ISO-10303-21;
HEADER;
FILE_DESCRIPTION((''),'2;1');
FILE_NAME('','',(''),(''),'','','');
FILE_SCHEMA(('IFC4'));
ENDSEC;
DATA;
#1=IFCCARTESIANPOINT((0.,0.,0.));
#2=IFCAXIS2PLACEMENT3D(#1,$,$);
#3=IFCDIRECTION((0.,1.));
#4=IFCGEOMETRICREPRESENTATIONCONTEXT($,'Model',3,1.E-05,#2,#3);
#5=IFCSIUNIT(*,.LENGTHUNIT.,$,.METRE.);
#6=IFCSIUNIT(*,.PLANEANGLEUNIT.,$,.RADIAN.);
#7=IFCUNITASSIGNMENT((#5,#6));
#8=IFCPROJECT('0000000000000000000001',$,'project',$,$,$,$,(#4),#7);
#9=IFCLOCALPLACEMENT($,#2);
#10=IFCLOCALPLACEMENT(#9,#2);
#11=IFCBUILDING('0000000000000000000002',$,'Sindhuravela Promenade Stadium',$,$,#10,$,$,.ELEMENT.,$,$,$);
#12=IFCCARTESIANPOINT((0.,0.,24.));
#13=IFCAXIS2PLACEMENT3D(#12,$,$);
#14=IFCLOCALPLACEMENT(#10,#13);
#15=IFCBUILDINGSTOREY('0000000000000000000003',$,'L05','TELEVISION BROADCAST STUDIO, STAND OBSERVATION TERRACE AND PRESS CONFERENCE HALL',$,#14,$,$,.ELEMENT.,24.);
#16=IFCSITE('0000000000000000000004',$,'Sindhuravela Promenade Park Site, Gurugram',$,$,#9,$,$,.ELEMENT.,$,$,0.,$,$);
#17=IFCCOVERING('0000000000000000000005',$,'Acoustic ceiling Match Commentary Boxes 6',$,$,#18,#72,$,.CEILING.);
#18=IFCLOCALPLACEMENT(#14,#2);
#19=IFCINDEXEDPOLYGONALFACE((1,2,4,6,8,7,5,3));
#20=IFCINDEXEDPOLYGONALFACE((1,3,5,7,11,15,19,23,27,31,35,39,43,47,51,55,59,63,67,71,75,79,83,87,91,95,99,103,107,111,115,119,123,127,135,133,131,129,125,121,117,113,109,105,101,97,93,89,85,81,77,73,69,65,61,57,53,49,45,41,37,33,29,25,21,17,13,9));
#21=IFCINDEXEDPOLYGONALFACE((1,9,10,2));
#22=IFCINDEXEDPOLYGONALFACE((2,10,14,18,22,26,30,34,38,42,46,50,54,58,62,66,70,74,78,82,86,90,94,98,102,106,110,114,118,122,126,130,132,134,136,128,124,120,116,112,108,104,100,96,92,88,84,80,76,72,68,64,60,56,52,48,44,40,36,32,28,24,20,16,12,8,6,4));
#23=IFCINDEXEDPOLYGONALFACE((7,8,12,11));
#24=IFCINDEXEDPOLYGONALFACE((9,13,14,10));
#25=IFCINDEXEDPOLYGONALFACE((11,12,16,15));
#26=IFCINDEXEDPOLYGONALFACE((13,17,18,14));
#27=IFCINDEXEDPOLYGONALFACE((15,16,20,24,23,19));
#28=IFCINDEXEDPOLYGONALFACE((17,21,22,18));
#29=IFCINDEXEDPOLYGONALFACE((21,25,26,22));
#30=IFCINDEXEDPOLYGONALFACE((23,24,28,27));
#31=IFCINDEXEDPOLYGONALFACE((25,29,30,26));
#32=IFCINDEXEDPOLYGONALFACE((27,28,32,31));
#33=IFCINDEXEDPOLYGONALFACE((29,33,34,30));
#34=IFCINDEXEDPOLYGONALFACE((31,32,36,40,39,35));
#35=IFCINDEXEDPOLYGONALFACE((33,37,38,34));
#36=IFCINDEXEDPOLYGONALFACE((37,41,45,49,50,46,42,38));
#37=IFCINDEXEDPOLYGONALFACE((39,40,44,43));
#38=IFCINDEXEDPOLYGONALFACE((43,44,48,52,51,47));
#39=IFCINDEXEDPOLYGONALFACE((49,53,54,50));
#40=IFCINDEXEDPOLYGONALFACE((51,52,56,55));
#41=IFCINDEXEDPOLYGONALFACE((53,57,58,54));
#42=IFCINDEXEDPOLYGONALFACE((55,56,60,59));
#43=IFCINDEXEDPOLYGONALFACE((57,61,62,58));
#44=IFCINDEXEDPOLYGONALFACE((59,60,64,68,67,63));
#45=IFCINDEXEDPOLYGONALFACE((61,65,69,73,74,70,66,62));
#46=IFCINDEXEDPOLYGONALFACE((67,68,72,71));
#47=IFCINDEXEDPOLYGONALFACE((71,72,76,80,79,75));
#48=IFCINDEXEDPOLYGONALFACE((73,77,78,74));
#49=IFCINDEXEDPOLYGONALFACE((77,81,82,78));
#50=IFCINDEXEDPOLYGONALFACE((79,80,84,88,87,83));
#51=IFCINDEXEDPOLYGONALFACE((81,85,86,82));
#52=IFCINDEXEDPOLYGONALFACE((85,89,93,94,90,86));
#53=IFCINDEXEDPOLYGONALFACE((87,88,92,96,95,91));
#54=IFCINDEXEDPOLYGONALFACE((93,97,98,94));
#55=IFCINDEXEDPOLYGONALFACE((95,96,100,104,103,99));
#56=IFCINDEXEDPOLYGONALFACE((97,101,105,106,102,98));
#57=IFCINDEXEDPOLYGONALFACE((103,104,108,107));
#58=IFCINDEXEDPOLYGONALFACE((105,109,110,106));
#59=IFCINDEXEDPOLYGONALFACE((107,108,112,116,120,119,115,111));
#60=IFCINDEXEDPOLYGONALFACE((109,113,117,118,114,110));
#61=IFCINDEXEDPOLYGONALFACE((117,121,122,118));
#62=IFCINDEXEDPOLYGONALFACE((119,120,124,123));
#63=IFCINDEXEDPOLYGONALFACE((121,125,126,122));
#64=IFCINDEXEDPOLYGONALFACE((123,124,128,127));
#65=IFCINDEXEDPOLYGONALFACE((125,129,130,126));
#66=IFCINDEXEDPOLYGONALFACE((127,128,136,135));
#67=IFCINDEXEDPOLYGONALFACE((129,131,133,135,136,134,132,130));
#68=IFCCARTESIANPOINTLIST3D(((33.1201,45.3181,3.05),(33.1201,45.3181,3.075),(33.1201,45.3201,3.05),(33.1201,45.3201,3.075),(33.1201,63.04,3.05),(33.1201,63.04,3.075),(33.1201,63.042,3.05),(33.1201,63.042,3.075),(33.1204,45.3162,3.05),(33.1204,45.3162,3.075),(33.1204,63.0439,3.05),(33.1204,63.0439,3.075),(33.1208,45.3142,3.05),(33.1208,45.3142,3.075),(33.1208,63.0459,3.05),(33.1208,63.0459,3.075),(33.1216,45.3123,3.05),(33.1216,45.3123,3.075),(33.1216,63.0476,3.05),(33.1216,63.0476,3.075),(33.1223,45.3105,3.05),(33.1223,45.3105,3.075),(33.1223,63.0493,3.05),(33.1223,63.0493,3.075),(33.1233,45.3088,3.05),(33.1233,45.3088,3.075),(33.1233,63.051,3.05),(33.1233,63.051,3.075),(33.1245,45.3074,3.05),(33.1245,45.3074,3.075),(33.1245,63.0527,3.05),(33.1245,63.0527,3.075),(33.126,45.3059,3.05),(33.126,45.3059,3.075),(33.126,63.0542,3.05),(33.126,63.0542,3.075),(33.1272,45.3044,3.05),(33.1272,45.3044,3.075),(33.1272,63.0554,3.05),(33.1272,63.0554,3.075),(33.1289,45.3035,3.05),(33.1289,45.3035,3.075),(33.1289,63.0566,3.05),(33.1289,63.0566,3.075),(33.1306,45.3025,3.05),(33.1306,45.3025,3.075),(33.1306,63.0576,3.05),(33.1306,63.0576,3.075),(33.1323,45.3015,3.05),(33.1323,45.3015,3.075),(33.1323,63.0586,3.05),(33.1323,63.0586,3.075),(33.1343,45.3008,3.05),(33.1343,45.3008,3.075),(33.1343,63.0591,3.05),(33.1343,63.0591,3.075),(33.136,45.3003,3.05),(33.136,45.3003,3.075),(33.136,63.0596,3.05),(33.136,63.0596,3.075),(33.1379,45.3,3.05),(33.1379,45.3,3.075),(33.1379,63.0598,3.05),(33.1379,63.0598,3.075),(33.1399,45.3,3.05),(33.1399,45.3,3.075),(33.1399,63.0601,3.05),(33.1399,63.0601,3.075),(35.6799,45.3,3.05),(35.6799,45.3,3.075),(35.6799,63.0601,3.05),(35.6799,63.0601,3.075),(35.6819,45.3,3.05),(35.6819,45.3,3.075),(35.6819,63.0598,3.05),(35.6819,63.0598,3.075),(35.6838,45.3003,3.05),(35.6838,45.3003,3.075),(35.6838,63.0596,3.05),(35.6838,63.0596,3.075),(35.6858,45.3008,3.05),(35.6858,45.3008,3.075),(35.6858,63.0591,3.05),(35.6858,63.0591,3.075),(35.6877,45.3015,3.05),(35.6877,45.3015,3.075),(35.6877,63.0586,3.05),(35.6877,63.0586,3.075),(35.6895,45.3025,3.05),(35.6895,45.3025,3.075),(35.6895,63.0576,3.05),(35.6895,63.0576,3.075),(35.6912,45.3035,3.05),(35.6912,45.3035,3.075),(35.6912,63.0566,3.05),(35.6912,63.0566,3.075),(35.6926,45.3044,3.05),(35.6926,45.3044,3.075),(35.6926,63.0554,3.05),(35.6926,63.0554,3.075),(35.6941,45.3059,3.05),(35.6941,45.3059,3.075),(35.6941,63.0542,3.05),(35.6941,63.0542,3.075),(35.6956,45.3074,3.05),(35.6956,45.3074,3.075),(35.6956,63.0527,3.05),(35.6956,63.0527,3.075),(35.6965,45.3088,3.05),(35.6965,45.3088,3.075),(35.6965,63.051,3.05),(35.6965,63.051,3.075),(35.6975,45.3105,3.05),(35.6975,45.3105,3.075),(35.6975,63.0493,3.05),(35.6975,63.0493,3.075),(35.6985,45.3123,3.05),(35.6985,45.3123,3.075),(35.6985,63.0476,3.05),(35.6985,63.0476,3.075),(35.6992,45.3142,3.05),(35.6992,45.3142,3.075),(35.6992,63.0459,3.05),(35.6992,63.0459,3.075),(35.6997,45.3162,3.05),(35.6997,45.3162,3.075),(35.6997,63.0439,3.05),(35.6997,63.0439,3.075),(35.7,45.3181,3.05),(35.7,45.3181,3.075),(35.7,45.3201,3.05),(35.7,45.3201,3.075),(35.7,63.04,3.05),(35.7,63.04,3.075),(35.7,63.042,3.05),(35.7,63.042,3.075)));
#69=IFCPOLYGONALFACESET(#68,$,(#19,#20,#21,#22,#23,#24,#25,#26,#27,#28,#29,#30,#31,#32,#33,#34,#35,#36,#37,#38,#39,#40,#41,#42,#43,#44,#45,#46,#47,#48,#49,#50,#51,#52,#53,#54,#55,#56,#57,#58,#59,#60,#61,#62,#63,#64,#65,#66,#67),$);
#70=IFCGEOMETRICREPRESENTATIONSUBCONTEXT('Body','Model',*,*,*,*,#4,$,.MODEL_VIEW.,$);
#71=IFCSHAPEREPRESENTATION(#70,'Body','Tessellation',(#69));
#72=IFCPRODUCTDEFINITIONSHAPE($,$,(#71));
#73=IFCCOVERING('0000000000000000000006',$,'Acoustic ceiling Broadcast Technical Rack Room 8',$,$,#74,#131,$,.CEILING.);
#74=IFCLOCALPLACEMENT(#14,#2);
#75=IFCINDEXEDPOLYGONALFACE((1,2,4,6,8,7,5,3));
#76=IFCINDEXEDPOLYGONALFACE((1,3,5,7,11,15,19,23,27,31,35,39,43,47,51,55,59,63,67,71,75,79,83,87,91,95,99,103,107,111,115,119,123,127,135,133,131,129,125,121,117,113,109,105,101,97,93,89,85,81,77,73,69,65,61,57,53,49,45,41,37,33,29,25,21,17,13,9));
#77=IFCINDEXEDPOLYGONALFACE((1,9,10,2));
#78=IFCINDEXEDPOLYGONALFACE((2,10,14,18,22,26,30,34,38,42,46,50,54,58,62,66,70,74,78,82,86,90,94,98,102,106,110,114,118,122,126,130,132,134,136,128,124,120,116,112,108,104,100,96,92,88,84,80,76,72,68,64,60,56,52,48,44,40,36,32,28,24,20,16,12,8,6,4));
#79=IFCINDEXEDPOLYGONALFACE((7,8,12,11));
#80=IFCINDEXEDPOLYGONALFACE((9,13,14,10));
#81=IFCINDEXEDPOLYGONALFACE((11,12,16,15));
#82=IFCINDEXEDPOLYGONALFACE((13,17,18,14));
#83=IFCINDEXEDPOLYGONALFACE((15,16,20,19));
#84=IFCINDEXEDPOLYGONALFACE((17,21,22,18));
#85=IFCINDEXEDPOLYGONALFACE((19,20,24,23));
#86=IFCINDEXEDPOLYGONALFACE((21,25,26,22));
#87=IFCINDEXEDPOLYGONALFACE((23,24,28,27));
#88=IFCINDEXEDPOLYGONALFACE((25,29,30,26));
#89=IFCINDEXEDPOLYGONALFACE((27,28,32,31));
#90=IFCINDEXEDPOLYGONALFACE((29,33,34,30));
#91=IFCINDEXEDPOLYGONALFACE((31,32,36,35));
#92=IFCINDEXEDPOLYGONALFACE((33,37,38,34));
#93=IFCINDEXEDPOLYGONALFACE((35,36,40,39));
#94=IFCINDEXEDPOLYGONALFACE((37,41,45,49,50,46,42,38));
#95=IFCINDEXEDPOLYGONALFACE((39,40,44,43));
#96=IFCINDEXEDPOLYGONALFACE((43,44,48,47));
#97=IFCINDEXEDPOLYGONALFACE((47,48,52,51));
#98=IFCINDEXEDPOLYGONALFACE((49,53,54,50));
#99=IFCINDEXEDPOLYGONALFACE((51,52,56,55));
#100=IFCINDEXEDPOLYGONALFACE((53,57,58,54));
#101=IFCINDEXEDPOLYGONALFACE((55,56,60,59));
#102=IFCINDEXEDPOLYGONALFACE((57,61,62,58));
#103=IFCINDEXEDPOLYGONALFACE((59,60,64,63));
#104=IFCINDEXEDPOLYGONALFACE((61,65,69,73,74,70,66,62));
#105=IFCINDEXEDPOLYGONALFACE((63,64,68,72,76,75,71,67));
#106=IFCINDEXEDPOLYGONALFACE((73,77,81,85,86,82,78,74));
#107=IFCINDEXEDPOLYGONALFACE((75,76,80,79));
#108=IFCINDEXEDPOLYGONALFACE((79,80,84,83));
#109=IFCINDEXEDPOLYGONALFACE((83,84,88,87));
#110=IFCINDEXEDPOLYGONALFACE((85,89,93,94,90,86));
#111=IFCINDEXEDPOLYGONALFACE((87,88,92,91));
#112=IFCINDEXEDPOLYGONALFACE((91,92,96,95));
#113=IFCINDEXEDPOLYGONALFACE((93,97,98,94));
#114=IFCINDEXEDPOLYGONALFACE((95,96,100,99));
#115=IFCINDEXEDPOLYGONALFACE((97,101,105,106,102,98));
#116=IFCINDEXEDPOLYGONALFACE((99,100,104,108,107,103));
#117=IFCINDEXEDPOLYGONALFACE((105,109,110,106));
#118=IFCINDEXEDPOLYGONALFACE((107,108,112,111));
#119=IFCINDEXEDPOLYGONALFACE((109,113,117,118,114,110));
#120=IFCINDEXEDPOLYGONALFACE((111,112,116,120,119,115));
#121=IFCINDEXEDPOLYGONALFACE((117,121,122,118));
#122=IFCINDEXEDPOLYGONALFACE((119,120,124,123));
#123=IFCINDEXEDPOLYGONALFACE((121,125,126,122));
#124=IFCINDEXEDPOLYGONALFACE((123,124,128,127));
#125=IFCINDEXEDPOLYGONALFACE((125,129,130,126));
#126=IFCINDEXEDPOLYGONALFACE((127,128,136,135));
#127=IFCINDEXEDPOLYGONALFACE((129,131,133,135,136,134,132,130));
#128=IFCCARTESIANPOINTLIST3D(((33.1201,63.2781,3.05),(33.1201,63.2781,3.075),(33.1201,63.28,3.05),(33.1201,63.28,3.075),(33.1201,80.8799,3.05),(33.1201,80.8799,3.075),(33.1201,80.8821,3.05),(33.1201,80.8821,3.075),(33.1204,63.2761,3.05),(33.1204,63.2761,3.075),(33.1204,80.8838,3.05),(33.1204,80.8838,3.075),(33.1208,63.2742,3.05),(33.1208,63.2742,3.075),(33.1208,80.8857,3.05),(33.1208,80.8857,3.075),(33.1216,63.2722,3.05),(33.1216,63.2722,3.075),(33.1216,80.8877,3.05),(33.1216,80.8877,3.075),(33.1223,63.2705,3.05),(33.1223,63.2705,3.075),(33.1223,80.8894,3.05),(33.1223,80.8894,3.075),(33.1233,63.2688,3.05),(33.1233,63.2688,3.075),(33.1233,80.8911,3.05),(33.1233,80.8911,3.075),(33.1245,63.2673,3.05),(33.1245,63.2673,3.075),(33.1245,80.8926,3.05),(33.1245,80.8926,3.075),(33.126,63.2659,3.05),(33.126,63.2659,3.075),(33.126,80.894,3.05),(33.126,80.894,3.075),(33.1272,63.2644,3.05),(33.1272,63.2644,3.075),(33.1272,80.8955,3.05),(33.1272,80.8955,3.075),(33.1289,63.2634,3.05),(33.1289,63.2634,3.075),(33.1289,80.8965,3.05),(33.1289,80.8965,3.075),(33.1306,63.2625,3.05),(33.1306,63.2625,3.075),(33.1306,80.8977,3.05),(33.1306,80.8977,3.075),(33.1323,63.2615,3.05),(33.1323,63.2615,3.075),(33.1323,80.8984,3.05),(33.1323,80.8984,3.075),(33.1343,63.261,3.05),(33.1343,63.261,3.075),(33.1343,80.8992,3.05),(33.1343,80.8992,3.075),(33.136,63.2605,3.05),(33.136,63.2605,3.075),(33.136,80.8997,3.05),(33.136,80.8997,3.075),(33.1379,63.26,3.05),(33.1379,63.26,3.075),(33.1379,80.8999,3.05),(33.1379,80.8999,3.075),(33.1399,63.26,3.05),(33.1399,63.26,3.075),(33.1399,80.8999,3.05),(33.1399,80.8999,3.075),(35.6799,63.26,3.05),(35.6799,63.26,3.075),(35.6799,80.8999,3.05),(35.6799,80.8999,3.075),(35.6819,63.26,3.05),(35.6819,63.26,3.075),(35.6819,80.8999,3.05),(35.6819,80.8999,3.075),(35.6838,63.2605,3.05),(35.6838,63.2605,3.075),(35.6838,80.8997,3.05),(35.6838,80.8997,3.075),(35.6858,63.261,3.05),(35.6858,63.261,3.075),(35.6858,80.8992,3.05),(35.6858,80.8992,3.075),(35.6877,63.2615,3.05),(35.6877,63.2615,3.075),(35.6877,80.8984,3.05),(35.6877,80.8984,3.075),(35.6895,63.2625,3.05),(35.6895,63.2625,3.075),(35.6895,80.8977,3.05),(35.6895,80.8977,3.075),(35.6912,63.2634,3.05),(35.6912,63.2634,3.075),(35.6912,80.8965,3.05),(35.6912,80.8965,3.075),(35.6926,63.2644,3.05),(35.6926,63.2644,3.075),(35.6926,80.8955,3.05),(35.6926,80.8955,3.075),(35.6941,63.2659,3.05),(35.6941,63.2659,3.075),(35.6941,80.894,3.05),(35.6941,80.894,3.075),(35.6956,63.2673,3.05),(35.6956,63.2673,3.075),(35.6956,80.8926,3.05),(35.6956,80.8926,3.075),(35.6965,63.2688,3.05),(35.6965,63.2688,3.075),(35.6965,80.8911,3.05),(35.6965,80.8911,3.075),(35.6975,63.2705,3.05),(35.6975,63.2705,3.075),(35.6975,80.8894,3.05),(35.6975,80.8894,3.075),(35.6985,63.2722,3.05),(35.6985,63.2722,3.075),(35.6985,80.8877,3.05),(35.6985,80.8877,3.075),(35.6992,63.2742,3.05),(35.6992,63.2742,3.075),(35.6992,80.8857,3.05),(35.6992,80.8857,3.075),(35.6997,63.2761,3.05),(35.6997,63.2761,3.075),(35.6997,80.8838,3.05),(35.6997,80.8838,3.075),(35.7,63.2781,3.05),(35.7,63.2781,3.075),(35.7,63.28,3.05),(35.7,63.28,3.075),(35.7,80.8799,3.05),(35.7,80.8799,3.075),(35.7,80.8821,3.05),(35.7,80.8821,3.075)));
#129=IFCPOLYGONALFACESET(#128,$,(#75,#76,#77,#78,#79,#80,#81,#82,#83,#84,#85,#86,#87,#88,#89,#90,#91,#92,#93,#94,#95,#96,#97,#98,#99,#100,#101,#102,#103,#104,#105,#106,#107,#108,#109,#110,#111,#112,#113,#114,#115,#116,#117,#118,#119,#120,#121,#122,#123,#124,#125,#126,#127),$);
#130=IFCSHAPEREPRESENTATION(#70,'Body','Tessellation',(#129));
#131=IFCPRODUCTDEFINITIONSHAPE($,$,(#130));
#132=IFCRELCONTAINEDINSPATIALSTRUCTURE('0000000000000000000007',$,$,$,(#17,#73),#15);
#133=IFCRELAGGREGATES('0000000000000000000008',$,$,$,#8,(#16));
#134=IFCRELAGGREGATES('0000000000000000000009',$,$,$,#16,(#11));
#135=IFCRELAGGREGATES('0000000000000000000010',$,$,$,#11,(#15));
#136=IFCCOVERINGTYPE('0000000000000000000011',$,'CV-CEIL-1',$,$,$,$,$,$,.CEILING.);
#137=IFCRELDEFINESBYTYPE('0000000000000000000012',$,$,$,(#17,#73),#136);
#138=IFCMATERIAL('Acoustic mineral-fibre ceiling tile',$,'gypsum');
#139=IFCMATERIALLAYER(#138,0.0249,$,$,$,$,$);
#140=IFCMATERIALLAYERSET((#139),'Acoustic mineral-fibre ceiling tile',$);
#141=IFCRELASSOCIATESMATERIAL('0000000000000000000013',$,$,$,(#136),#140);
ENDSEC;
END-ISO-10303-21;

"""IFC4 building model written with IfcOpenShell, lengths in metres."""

from ifc_helpers import new_model, si_unit, direction, frame, origin, place, context, subcontext, project, spatial, polyline, outline, extrude, material, layer, layer_set, type_object, element, save


model = new_model("IFC4")

# Units and contexts
model_context = context("Model", 3, precision=1e-05, world=origin(), true_north=direction((0.0, 1.0)))
body_context = subcontext(model_context, "Body", "Model", "MODEL_VIEW")
ifc_project = project(units=[si_unit("LENGTHUNIT", "METRE"), si_unit("PLANEANGLEUNIT", "RADIAN")], contexts=[model_context])

# Site, building, storey
site_placement = place(None, origin())
site = spatial("IfcSite", under=ifc_project, at=site_placement, Name="Sindhuravela Promenade Park Site, Gurugram", CompositionType="ELEMENT", RefElevation=0.0)
building_placement = place(site_placement, origin())
building = spatial("IfcBuilding", under=site, at=building_placement, Name="Sindhuravela Promenade Stadium", CompositionType="ELEMENT")
storey_placement = place(building_placement, frame((0.0, 0.0, 24.0)))
storey = spatial("IfcBuildingStorey", under=building, at=storey_placement, Name="L05", Description="TELEVISION BROADCAST STUDIO, STAND OBSERVATION TERRACE AND PRESS CONFERENCE HALL", CompositionType="ELEMENT", Elevation=24.0)

# Coverings
ifc_material_1 = material(Name="Acoustic mineral-fibre ceiling tile", Category="gypsum")
ifc_layer_1 = layer(ifc_material_1, 0.0249)
ifc_layer_set_1 = layer_set([ifc_layer_1], Name="Acoustic mineral-fibre ceiling tile")
covering_type_1 = type_object("IfcCoveringType", Name="CV-CEIL-1", PredefinedType="CEILING", material=ifc_layer_set_1)
covering_1_placement = place(storey_placement, frame((0.0, 0.0, 3.05)))
element("IfcCovering", 1, at=covering_1_placement, inside=storey, type_object=covering_type_1, Name="Acoustic ceiling Match Commentary Boxes 6", PredefinedType="CEILING", context=body_context, shape_type="SweptSolid", body=[
    extrude(outline(polyline([(35.7, 45.3201), (35.7, 45.3181), (35.6997, 45.3162), (35.6992, 45.3142), (35.6985, 45.3123), (35.6975, 45.3105), (35.6965, 45.3088), (35.6956, 45.3074), (35.6941, 45.3059), (35.6926, 45.3044), (35.6912, 45.3035), (35.6895, 45.3025), (35.6877, 45.3015), (35.6858, 45.3008), (35.6838, 45.3003), (35.6819, 45.3), (35.6799, 45.3), (33.1399, 45.3), (33.1379, 45.3), (33.136, 45.3003), (33.1343, 45.3008), (33.1323, 45.3015), (33.1306, 45.3025), (33.1289, 45.3035), (33.1272, 45.3044), (33.126, 45.3059), (33.1245, 45.3074), (33.1233, 45.3088), (33.1223, 45.3105), (33.1216, 45.3123), (33.1208, 45.3142), (33.1204, 45.3162), (33.1201, 45.3181), (33.1201, 45.3201), (33.1201, 63.04), (33.1201, 63.042), (33.1204, 63.0439), (33.1208, 63.0459), (33.1216, 63.0476), (33.1223, 63.0493), (33.1233, 63.051), (33.1245, 63.0527), (33.126, 63.0542), (33.1272, 63.0554), (33.1289, 63.0566), (33.1306, 63.0576), (33.1323, 63.0586), (33.1343, 63.0591), (33.136, 63.0596), (33.1379, 63.0598), (33.1399, 63.0601), (35.6799, 63.0601), (35.6819, 63.0598), (35.6838, 63.0596), (35.6858, 63.0591), (35.6877, 63.0586), (35.6895, 63.0576), (35.6912, 63.0566), (35.6926, 63.0554), (35.6941, 63.0542), (35.6956, 63.0527), (35.6965, 63.051), (35.6975, 63.0493), (35.6985, 63.0476), (35.6992, 63.0459), (35.6997, 63.0439), (35.7, 63.042), (35.7, 63.04), (35.7, 45.3201)])), origin(), (0.0, 0.0, 1.0), 0.0249),
])
covering_2_placement = place(storey_placement, frame((0.0, 0.0, 3.05)))
element("IfcCovering", 2, at=covering_2_placement, inside=storey, type_object=covering_type_1, Name="Acoustic ceiling Broadcast Technical Rack Room 8", PredefinedType="CEILING", context=body_context, shape_type="SweptSolid", body=[
    extrude(outline(polyline([(35.7, 63.28), (35.7, 63.2781), (35.6997, 63.2761), (35.6992, 63.2742), (35.6985, 63.2722), (35.6975, 63.2705), (35.6965, 63.2688), (35.6956, 63.2673), (35.6941, 63.2659), (35.6926, 63.2644), (35.6912, 63.2634), (35.6895, 63.2625), (35.6877, 63.2615), (35.6858, 63.261), (35.6838, 63.2605), (35.6819, 63.26), (35.6799, 63.26), (33.1399, 63.26), (33.1379, 63.26), (33.136, 63.2605), (33.1343, 63.261), (33.1323, 63.2615), (33.1306, 63.2625), (33.1289, 63.2634), (33.1272, 63.2644), (33.126, 63.2659), (33.1245, 63.2673), (33.1233, 63.2688), (33.1223, 63.2705), (33.1216, 63.2722), (33.1208, 63.2742), (33.1204, 63.2761), (33.1201, 63.2781), (33.1201, 63.28), (33.1201, 80.8799), (33.1201, 80.8821), (33.1204, 80.8838), (33.1208, 80.8857), (33.1216, 80.8877), (33.1223, 80.8894), (33.1233, 80.8911), (33.1245, 80.8926), (33.126, 80.894), (33.1272, 80.8955), (33.1289, 80.8965), (33.1306, 80.8977), (33.1323, 80.8984), (33.1343, 80.8992), (33.136, 80.8997), (33.1379, 80.8999), (33.1399, 80.8999), (35.6799, 80.8999), (35.6819, 80.8999), (35.6838, 80.8997), (35.6858, 80.8992), (35.6877, 80.8984), (35.6895, 80.8977), (35.6912, 80.8965), (35.6926, 80.8955), (35.6941, 80.894), (35.6956, 80.8926), (35.6965, 80.8911), (35.6975, 80.8894), (35.6985, 80.8877), (35.6992, 80.8857), (35.6997, 80.8838), (35.7, 80.8821), (35.7, 80.8799), (35.7, 63.28)])), origin(), (0.0, 0.0, 1.0), 0.0249),
])

save(model, "model.ifc")
